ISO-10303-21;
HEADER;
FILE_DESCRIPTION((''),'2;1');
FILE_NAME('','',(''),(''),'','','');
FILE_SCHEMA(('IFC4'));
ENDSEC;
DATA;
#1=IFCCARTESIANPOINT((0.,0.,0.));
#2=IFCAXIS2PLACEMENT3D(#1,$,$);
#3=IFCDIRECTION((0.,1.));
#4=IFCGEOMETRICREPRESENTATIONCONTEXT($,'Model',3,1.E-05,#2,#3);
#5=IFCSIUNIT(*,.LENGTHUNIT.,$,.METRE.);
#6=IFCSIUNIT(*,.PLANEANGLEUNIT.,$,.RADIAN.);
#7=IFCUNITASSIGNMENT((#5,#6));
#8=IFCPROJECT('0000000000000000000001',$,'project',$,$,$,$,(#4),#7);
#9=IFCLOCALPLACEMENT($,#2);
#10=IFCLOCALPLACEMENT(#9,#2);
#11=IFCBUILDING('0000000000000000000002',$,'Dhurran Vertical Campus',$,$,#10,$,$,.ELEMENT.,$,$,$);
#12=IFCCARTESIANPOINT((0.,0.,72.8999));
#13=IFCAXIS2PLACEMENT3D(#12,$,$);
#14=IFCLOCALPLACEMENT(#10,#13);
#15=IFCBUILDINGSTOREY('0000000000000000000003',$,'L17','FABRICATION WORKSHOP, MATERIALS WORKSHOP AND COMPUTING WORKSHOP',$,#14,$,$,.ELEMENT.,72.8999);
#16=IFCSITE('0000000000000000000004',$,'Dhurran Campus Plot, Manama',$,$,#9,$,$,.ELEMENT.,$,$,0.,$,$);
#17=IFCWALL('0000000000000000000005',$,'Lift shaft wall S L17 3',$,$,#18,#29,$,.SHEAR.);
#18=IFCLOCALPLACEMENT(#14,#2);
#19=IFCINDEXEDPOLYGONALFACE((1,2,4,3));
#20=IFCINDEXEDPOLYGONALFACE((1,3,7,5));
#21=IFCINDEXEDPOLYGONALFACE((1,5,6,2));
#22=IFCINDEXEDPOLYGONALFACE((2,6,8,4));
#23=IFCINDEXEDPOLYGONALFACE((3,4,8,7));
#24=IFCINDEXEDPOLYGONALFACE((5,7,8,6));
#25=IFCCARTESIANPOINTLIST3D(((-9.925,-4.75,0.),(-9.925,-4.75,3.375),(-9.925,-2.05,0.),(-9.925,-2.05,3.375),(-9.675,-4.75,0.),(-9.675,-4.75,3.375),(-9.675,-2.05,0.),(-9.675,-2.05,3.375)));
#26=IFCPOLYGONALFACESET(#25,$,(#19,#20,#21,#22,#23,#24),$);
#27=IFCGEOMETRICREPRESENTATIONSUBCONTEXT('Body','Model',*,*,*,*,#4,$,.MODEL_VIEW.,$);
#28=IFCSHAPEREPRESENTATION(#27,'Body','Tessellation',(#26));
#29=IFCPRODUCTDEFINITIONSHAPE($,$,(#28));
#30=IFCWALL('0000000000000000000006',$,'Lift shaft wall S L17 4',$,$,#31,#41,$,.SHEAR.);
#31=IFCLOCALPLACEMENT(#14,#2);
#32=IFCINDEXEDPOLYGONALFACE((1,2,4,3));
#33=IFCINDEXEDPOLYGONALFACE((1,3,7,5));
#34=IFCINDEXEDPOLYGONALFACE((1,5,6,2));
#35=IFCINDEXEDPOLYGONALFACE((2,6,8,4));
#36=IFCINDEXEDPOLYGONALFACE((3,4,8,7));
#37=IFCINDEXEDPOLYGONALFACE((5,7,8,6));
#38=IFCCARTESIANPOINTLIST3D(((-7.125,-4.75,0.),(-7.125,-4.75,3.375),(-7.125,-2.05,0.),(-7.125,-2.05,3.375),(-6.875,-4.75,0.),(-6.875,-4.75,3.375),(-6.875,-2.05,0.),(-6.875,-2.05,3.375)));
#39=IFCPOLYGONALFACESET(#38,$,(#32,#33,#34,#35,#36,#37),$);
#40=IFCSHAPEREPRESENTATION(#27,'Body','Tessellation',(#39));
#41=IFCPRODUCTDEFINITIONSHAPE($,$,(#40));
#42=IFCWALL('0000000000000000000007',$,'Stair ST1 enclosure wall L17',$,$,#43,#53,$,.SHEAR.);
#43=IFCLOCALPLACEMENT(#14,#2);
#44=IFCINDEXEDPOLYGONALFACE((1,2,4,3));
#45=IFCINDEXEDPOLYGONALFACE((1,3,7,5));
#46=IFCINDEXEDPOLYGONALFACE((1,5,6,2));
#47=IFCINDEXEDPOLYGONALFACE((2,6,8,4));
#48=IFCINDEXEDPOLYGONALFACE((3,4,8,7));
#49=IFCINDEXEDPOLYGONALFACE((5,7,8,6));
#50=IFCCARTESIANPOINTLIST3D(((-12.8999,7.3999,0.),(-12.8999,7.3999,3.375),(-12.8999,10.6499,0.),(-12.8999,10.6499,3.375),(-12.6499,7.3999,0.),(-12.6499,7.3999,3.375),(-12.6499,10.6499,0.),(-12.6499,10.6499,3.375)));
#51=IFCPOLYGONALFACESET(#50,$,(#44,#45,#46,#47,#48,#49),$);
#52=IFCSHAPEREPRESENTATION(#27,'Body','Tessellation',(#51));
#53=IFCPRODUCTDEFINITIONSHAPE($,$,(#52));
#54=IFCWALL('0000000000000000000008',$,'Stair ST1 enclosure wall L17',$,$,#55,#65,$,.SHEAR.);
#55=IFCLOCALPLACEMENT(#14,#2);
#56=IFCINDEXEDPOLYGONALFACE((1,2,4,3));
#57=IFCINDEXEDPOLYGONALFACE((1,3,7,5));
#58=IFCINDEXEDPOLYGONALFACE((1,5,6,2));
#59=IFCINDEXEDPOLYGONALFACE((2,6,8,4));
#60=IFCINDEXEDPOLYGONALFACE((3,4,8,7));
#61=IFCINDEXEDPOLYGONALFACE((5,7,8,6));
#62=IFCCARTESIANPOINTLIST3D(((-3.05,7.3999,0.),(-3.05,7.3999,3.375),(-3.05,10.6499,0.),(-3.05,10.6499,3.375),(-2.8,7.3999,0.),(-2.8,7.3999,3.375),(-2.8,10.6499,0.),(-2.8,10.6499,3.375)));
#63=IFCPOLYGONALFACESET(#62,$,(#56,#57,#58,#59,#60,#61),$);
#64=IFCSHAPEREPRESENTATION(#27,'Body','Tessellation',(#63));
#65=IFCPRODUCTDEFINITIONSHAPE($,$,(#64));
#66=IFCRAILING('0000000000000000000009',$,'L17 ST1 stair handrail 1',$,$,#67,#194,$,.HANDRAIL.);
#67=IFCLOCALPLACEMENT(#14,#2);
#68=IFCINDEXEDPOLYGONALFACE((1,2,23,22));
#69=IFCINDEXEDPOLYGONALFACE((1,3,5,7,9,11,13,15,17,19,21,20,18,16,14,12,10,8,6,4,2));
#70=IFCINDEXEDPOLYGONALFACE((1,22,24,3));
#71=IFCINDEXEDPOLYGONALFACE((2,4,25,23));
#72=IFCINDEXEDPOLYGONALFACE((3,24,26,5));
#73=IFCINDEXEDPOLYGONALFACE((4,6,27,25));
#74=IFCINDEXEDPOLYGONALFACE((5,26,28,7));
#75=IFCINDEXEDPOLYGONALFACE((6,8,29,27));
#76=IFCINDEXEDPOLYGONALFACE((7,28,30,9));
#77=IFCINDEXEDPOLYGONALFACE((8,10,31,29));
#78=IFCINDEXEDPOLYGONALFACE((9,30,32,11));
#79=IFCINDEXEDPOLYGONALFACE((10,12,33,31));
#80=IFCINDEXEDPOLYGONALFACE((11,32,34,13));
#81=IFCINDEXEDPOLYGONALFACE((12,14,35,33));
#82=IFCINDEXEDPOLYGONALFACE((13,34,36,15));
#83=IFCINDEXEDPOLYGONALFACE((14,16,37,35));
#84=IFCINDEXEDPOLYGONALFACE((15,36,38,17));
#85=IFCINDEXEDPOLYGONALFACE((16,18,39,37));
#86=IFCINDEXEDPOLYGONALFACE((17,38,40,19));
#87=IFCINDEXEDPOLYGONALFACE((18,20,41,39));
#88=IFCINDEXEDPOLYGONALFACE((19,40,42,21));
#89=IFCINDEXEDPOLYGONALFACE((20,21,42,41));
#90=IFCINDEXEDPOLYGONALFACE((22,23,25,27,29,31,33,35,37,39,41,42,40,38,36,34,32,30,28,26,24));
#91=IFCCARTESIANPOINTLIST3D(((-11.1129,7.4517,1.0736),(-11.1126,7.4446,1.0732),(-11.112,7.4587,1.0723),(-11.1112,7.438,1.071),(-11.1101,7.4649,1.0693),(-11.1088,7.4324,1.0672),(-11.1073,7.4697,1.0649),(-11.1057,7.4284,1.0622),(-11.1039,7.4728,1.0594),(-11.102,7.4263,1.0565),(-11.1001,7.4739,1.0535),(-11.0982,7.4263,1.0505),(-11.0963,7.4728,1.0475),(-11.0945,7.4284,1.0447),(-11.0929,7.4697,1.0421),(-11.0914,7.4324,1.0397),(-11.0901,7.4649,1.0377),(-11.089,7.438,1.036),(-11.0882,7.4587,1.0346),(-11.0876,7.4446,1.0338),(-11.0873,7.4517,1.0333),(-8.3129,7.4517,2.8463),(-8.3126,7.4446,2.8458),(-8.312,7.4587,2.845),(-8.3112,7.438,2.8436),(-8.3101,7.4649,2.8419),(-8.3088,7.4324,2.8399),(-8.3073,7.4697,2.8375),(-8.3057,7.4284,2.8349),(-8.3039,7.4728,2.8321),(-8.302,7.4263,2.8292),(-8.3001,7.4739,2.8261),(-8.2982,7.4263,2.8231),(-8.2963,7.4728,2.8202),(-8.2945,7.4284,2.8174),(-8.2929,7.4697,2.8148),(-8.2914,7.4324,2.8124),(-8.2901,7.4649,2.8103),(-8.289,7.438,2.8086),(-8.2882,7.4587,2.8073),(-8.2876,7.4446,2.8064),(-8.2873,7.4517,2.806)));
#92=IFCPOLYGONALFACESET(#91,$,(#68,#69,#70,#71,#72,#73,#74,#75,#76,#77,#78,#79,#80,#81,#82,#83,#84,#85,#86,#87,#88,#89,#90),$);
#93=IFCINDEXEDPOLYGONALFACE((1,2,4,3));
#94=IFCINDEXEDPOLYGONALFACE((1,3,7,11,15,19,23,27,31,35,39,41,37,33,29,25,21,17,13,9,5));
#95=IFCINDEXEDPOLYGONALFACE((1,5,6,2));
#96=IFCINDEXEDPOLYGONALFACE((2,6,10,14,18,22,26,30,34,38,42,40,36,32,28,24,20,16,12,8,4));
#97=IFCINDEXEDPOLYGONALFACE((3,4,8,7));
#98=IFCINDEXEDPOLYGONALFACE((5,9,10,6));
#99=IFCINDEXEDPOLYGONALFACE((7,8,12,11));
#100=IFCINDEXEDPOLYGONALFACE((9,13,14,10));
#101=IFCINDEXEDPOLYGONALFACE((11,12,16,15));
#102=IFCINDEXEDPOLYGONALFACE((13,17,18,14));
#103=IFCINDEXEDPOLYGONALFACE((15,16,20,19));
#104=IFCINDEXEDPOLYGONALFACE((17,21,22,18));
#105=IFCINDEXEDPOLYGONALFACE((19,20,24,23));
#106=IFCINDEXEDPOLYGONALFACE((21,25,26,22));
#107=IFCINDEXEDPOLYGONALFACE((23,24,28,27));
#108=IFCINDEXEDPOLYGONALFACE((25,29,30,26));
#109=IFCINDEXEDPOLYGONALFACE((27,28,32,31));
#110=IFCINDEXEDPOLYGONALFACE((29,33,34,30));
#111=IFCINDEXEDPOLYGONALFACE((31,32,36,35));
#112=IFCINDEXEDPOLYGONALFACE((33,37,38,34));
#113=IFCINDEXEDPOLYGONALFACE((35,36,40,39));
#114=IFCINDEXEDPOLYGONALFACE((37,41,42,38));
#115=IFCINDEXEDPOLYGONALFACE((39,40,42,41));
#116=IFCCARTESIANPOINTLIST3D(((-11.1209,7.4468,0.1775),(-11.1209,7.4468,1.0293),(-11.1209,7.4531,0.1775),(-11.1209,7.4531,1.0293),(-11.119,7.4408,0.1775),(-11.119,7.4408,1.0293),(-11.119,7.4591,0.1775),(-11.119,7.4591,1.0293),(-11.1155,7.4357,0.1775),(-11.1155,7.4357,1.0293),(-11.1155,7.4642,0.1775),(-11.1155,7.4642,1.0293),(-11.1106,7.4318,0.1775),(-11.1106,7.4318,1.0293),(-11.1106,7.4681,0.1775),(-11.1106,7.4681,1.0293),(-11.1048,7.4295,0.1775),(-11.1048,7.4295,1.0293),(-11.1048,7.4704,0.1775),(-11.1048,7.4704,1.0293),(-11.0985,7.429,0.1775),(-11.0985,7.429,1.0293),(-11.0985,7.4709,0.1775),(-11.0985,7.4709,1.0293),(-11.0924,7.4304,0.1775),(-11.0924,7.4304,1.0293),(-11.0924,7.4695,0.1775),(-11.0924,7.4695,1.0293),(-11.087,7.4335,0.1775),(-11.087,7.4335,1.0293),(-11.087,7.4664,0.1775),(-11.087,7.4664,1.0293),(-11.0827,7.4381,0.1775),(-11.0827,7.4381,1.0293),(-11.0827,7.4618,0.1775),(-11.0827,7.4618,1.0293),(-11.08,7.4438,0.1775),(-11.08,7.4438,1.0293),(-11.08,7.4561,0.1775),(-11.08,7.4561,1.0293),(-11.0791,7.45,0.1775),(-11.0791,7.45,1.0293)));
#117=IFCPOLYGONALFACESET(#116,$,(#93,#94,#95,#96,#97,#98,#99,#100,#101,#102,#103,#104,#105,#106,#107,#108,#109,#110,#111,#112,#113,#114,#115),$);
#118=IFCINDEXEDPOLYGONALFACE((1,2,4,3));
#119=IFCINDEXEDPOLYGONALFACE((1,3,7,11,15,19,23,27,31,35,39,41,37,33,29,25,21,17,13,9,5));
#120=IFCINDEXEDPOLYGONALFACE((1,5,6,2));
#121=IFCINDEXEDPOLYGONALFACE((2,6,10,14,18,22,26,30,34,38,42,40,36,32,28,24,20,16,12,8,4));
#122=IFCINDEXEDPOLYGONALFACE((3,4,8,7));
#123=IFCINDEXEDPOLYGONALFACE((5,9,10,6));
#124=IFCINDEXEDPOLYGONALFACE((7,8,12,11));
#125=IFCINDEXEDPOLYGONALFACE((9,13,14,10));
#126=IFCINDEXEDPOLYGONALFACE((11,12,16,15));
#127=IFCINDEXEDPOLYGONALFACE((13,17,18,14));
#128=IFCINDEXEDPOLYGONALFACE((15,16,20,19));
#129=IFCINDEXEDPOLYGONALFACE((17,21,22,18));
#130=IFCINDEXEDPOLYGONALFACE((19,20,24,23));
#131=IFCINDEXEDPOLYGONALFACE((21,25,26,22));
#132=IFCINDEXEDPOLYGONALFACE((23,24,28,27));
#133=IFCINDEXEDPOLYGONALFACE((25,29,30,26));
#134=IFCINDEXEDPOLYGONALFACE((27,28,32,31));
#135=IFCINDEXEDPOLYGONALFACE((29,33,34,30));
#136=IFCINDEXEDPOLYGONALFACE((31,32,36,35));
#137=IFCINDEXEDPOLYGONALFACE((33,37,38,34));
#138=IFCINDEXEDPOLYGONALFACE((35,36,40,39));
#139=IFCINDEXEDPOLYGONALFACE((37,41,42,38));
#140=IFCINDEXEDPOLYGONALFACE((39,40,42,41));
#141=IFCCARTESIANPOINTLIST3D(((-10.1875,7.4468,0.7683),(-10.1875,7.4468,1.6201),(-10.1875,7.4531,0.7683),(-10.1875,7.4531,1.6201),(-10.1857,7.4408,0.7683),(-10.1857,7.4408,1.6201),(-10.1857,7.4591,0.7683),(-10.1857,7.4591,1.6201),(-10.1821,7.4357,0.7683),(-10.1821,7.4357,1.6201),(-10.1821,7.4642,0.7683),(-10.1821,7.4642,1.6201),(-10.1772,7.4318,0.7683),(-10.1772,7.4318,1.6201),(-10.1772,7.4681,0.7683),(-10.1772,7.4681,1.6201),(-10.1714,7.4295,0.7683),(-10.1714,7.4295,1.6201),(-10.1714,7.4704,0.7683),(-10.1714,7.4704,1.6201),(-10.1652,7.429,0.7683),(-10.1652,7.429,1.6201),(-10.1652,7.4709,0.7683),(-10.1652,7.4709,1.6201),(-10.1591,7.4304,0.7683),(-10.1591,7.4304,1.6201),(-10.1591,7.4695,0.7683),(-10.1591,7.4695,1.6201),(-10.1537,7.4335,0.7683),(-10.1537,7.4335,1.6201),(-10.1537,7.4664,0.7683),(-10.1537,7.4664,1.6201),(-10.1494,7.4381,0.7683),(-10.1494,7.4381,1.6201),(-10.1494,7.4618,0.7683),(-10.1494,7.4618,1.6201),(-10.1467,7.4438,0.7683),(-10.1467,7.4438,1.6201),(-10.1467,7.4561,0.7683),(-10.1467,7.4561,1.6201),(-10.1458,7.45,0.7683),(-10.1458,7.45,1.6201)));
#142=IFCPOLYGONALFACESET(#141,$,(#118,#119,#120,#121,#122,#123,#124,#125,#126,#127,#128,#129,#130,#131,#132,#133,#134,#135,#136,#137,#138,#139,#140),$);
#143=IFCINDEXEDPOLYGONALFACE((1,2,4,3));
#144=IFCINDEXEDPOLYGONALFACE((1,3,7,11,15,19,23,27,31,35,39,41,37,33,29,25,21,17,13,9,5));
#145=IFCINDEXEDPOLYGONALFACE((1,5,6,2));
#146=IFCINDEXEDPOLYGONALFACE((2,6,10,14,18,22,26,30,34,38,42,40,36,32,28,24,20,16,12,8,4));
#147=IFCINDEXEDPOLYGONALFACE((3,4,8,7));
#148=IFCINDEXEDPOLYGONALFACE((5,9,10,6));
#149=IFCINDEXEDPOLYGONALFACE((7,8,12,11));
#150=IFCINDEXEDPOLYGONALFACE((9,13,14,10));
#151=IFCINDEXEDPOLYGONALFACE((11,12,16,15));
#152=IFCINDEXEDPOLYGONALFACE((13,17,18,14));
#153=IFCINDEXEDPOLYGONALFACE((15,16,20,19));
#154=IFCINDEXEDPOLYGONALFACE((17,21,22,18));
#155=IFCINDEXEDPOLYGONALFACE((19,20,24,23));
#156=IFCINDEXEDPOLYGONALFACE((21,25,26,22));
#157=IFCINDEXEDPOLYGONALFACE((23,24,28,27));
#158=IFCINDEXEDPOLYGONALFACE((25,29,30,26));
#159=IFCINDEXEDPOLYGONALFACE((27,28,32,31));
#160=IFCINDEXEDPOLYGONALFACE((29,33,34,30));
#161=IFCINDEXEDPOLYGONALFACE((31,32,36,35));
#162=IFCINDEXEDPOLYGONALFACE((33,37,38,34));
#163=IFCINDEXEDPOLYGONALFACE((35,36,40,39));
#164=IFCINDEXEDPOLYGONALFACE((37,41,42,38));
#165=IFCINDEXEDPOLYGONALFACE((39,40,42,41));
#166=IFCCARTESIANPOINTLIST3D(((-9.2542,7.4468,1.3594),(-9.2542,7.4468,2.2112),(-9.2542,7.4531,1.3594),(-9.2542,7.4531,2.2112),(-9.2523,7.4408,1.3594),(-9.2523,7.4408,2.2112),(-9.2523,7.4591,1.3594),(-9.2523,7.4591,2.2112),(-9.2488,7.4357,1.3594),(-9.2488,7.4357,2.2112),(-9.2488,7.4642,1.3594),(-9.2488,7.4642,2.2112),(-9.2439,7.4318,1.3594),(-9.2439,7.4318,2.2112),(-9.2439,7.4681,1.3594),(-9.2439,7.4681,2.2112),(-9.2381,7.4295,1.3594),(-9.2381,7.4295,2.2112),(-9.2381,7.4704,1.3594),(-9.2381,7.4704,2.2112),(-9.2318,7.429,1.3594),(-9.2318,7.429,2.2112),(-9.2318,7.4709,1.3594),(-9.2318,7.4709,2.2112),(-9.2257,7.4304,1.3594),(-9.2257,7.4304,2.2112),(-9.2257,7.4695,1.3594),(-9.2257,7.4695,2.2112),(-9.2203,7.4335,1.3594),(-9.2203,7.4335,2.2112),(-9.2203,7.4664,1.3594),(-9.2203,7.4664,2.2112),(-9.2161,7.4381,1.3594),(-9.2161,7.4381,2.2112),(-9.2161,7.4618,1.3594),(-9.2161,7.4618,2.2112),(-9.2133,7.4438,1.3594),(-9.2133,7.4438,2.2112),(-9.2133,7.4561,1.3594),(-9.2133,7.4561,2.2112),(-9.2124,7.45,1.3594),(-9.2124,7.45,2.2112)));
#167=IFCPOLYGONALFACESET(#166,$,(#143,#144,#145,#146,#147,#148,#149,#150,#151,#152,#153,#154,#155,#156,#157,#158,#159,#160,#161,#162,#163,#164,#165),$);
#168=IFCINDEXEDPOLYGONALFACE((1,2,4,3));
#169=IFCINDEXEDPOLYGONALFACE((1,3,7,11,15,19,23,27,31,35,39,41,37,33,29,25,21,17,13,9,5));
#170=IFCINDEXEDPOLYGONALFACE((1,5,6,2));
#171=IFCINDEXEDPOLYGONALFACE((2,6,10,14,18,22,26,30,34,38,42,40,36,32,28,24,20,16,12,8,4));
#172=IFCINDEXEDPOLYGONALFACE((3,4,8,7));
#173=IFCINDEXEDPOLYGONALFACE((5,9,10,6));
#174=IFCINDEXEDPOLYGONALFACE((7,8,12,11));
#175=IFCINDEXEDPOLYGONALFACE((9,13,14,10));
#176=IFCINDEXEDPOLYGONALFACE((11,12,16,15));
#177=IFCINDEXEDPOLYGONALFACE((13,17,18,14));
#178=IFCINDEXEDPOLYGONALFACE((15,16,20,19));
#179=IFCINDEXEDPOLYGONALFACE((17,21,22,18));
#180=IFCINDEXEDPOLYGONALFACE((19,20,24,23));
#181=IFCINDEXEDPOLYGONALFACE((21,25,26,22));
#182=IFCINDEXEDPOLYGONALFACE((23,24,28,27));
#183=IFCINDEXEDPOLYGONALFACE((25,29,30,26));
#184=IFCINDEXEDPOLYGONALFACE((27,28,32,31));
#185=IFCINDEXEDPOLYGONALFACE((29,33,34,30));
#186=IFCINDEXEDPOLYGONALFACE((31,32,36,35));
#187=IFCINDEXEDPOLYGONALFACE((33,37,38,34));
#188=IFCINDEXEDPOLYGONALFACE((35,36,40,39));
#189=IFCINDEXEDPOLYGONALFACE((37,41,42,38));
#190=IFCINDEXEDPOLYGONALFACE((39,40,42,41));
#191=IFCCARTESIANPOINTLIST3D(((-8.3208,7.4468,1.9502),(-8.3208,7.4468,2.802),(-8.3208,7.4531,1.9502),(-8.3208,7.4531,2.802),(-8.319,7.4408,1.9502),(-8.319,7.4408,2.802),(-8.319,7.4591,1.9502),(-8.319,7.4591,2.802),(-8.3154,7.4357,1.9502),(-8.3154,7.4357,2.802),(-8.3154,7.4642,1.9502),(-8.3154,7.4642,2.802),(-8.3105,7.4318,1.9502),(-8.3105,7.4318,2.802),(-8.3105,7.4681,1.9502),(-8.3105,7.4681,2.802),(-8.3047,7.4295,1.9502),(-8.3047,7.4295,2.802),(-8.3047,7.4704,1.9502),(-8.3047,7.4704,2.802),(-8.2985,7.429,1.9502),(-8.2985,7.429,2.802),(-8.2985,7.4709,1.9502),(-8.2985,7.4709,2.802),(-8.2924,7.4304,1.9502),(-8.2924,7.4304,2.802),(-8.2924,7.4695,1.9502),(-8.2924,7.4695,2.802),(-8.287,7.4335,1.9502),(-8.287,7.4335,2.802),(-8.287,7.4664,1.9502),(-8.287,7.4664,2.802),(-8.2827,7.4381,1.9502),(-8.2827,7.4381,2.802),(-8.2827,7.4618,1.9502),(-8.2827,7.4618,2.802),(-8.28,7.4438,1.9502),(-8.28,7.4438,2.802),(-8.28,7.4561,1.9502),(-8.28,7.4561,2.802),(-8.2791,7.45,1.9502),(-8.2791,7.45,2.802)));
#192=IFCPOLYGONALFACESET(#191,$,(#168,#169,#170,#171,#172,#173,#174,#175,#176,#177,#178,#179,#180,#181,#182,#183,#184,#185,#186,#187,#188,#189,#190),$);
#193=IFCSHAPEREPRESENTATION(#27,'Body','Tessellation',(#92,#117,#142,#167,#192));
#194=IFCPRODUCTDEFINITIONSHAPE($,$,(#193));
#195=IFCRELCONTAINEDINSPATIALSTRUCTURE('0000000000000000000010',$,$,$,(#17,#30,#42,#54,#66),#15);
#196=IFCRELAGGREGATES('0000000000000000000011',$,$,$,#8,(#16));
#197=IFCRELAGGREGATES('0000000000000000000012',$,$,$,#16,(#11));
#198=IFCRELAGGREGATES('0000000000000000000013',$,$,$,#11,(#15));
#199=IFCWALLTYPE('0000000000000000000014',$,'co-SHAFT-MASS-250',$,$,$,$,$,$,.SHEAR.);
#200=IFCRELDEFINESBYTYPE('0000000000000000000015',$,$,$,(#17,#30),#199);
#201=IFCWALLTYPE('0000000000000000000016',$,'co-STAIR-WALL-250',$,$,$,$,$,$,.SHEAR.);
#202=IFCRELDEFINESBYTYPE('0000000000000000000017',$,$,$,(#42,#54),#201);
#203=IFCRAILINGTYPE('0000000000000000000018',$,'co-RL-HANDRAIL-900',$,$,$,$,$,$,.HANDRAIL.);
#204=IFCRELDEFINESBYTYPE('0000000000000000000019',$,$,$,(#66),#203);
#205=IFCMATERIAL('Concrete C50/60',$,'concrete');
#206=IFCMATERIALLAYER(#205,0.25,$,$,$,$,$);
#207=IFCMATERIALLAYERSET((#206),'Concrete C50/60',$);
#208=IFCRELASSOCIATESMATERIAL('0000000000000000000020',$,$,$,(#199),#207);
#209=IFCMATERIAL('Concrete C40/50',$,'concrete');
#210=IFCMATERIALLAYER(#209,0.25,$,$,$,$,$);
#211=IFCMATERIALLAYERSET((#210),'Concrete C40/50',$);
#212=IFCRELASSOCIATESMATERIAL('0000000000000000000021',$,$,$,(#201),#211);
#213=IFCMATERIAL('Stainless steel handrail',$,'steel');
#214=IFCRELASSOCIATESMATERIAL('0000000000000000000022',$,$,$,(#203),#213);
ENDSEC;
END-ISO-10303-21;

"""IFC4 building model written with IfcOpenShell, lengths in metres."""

from ifc_helpers import new_model, si_unit, direction, frame, frame_2d, origin, origin_2d, place, context, subcontext, project, spatial, polyline, rectangle, circle, outline, extrude, material, layer, layer_set, type_object, element, save


model = new_model("IFC4")

# Units and contexts
model_context = context("Model", 3, precision=1e-05, world=origin(), true_north=direction((0.0, 1.0)))
body_context = subcontext(model_context, "Body", "Model", "MODEL_VIEW")
ifc_project = project(units=[si_unit("LENGTHUNIT", "METRE"), si_unit("PLANEANGLEUNIT", "RADIAN")], contexts=[model_context])

# Site, building, storey
site_placement = place(None, origin())
site = spatial("IfcSite", under=ifc_project, at=site_placement, Name="Dhurran Campus Plot, Manama", CompositionType="ELEMENT", RefElevation=0.0)
building_placement = place(site_placement, origin())
building = spatial("IfcBuilding", under=site, at=building_placement, Name="Dhurran Vertical Campus", CompositionType="ELEMENT")
storey_placement = place(building_placement, frame((0.0, 0.0, 72.8999)))
storey = spatial("IfcBuildingStorey", under=building, at=storey_placement, Name="L17", Description="FABRICATION WORKSHOP, MATERIALS WORKSHOP AND COMPUTING WORKSHOP", CompositionType="ELEMENT", Elevation=72.8999)

# Walls
ifc_material_1 = material(Name="Concrete C50/60", Category="concrete")
ifc_layer_1 = layer(ifc_material_1, 0.25)
ifc_layer_set_1 = layer_set([ifc_layer_1], Name="Concrete C50/60")
wall_type_1 = type_object("IfcWallType", Name="co-SHAFT-MASS-250", PredefinedType="SHEAR", material=ifc_layer_set_1)
wall_1_placement = place(storey_placement, origin())
element("IfcWall", 1, at=wall_1_placement, inside=storey, type_object=wall_type_1, Name="Lift shaft wall S L17 3", PredefinedType="SHEAR", context=body_context, shape_type="SweptSolid", body=[
    extrude(outline(polyline([(-9.925, -4.75), (-9.675, -4.75), (-9.675, -2.05), (-9.925, -2.05), (-9.925, -4.75)])), origin(), (0.0, 0.0, 1.0), 3.375),
])
wall_2_placement = place(storey_placement, origin())
element("IfcWall", 2, at=wall_2_placement, inside=storey, type_object=wall_type_1, Name="Lift shaft wall S L17 4", PredefinedType="SHEAR", context=body_context, shape_type="SweptSolid", body=[
    extrude(outline(polyline([(-7.125, -4.75), (-6.875, -4.75), (-6.875, -2.05), (-7.125, -2.05), (-7.125, -4.75)])), origin(), (0.0, 0.0, 1.0), 3.375),
])
ifc_material_2 = material(Name="Concrete C40/50", Category="concrete")
ifc_layer_2 = layer(ifc_material_2, 0.25)
ifc_layer_set_2 = layer_set([ifc_layer_2], Name="Concrete C40/50")
wall_type_2 = type_object("IfcWallType", Name="co-STAIR-WALL-250", PredefinedType="SHEAR", material=ifc_layer_set_2)
for number, where, z_axis, x_axis, name in (
    (3, (-12.7749, 7.3999, 0.0), (0.0, 0.0, 1.0), (0.0, 1.0, 0.0), "Stair ST1 enclosure wall L17"),
    (4, (-2.925, 7.3999, 0.0), (0.0, 0.0, 1.0), (0.0, 1.0, 0.0), "Stair ST1 enclosure wall L17"),
):
    element("IfcWall", number, at=place(storey_placement, frame(where, z_axis=z_axis, x_axis=x_axis)), inside=storey, type_object=wall_type_2, Name=name, PredefinedType="SHEAR", context=body_context, shape_type="SweptSolid", body=[
        extrude(rectangle(XDim=3.25, YDim=0.25, at=frame_2d((1.625, 0.0))), origin(), (0.0, 0.0, 1.0), 3.375),
    ])

# Railing
ifc_material_3 = material(Name="Stainless steel handrail", Category="steel")
railing_type = type_object("IfcRailingType", Name="co-RL-HANDRAIL-900", PredefinedType="HANDRAIL", material=ifc_material_3)
railing_placement = place(storey_placement, frame((-11.1001, 7.45, 0.1775)))
element("IfcRailing", 5, at=railing_placement, inside=storey, type_object=railing_type, Name="L17 ST1 stair handrail 1", PredefinedType="HANDRAIL", context=body_context, shape_type="SweptSolid", body=[
    extrude(circle(Radius=0.0239, at=origin_2d()), frame((0.0, 0.0, 0.876), z_axis=(0.844909, 0.0, 0.53491), x_axis=(0.0, 1.0, 0.0)), (0.0, 0.0, 1.0), 3.314),
    extrude(circle(Radius=0.021, at=origin_2d()), origin(), (0.0, 0.0, 1.0), 0.8518),
    extrude(circle(Radius=0.021, at=origin_2d()), frame((0.9333, 0.0, 0.5908)), (0.0, 0.0, 1.0), 0.8518),
    extrude(circle(Radius=0.021, at=origin_2d()), frame((1.8667, 0.0, 1.1819)), (0.0, 0.0, 1.0), 0.8518),
    extrude(circle(Radius=0.021, at=origin_2d()), frame((2.8, 0.0, 1.7727)), (0.0, 0.0, 1.0), 0.8518),
])

save(model, "model.ifc")
